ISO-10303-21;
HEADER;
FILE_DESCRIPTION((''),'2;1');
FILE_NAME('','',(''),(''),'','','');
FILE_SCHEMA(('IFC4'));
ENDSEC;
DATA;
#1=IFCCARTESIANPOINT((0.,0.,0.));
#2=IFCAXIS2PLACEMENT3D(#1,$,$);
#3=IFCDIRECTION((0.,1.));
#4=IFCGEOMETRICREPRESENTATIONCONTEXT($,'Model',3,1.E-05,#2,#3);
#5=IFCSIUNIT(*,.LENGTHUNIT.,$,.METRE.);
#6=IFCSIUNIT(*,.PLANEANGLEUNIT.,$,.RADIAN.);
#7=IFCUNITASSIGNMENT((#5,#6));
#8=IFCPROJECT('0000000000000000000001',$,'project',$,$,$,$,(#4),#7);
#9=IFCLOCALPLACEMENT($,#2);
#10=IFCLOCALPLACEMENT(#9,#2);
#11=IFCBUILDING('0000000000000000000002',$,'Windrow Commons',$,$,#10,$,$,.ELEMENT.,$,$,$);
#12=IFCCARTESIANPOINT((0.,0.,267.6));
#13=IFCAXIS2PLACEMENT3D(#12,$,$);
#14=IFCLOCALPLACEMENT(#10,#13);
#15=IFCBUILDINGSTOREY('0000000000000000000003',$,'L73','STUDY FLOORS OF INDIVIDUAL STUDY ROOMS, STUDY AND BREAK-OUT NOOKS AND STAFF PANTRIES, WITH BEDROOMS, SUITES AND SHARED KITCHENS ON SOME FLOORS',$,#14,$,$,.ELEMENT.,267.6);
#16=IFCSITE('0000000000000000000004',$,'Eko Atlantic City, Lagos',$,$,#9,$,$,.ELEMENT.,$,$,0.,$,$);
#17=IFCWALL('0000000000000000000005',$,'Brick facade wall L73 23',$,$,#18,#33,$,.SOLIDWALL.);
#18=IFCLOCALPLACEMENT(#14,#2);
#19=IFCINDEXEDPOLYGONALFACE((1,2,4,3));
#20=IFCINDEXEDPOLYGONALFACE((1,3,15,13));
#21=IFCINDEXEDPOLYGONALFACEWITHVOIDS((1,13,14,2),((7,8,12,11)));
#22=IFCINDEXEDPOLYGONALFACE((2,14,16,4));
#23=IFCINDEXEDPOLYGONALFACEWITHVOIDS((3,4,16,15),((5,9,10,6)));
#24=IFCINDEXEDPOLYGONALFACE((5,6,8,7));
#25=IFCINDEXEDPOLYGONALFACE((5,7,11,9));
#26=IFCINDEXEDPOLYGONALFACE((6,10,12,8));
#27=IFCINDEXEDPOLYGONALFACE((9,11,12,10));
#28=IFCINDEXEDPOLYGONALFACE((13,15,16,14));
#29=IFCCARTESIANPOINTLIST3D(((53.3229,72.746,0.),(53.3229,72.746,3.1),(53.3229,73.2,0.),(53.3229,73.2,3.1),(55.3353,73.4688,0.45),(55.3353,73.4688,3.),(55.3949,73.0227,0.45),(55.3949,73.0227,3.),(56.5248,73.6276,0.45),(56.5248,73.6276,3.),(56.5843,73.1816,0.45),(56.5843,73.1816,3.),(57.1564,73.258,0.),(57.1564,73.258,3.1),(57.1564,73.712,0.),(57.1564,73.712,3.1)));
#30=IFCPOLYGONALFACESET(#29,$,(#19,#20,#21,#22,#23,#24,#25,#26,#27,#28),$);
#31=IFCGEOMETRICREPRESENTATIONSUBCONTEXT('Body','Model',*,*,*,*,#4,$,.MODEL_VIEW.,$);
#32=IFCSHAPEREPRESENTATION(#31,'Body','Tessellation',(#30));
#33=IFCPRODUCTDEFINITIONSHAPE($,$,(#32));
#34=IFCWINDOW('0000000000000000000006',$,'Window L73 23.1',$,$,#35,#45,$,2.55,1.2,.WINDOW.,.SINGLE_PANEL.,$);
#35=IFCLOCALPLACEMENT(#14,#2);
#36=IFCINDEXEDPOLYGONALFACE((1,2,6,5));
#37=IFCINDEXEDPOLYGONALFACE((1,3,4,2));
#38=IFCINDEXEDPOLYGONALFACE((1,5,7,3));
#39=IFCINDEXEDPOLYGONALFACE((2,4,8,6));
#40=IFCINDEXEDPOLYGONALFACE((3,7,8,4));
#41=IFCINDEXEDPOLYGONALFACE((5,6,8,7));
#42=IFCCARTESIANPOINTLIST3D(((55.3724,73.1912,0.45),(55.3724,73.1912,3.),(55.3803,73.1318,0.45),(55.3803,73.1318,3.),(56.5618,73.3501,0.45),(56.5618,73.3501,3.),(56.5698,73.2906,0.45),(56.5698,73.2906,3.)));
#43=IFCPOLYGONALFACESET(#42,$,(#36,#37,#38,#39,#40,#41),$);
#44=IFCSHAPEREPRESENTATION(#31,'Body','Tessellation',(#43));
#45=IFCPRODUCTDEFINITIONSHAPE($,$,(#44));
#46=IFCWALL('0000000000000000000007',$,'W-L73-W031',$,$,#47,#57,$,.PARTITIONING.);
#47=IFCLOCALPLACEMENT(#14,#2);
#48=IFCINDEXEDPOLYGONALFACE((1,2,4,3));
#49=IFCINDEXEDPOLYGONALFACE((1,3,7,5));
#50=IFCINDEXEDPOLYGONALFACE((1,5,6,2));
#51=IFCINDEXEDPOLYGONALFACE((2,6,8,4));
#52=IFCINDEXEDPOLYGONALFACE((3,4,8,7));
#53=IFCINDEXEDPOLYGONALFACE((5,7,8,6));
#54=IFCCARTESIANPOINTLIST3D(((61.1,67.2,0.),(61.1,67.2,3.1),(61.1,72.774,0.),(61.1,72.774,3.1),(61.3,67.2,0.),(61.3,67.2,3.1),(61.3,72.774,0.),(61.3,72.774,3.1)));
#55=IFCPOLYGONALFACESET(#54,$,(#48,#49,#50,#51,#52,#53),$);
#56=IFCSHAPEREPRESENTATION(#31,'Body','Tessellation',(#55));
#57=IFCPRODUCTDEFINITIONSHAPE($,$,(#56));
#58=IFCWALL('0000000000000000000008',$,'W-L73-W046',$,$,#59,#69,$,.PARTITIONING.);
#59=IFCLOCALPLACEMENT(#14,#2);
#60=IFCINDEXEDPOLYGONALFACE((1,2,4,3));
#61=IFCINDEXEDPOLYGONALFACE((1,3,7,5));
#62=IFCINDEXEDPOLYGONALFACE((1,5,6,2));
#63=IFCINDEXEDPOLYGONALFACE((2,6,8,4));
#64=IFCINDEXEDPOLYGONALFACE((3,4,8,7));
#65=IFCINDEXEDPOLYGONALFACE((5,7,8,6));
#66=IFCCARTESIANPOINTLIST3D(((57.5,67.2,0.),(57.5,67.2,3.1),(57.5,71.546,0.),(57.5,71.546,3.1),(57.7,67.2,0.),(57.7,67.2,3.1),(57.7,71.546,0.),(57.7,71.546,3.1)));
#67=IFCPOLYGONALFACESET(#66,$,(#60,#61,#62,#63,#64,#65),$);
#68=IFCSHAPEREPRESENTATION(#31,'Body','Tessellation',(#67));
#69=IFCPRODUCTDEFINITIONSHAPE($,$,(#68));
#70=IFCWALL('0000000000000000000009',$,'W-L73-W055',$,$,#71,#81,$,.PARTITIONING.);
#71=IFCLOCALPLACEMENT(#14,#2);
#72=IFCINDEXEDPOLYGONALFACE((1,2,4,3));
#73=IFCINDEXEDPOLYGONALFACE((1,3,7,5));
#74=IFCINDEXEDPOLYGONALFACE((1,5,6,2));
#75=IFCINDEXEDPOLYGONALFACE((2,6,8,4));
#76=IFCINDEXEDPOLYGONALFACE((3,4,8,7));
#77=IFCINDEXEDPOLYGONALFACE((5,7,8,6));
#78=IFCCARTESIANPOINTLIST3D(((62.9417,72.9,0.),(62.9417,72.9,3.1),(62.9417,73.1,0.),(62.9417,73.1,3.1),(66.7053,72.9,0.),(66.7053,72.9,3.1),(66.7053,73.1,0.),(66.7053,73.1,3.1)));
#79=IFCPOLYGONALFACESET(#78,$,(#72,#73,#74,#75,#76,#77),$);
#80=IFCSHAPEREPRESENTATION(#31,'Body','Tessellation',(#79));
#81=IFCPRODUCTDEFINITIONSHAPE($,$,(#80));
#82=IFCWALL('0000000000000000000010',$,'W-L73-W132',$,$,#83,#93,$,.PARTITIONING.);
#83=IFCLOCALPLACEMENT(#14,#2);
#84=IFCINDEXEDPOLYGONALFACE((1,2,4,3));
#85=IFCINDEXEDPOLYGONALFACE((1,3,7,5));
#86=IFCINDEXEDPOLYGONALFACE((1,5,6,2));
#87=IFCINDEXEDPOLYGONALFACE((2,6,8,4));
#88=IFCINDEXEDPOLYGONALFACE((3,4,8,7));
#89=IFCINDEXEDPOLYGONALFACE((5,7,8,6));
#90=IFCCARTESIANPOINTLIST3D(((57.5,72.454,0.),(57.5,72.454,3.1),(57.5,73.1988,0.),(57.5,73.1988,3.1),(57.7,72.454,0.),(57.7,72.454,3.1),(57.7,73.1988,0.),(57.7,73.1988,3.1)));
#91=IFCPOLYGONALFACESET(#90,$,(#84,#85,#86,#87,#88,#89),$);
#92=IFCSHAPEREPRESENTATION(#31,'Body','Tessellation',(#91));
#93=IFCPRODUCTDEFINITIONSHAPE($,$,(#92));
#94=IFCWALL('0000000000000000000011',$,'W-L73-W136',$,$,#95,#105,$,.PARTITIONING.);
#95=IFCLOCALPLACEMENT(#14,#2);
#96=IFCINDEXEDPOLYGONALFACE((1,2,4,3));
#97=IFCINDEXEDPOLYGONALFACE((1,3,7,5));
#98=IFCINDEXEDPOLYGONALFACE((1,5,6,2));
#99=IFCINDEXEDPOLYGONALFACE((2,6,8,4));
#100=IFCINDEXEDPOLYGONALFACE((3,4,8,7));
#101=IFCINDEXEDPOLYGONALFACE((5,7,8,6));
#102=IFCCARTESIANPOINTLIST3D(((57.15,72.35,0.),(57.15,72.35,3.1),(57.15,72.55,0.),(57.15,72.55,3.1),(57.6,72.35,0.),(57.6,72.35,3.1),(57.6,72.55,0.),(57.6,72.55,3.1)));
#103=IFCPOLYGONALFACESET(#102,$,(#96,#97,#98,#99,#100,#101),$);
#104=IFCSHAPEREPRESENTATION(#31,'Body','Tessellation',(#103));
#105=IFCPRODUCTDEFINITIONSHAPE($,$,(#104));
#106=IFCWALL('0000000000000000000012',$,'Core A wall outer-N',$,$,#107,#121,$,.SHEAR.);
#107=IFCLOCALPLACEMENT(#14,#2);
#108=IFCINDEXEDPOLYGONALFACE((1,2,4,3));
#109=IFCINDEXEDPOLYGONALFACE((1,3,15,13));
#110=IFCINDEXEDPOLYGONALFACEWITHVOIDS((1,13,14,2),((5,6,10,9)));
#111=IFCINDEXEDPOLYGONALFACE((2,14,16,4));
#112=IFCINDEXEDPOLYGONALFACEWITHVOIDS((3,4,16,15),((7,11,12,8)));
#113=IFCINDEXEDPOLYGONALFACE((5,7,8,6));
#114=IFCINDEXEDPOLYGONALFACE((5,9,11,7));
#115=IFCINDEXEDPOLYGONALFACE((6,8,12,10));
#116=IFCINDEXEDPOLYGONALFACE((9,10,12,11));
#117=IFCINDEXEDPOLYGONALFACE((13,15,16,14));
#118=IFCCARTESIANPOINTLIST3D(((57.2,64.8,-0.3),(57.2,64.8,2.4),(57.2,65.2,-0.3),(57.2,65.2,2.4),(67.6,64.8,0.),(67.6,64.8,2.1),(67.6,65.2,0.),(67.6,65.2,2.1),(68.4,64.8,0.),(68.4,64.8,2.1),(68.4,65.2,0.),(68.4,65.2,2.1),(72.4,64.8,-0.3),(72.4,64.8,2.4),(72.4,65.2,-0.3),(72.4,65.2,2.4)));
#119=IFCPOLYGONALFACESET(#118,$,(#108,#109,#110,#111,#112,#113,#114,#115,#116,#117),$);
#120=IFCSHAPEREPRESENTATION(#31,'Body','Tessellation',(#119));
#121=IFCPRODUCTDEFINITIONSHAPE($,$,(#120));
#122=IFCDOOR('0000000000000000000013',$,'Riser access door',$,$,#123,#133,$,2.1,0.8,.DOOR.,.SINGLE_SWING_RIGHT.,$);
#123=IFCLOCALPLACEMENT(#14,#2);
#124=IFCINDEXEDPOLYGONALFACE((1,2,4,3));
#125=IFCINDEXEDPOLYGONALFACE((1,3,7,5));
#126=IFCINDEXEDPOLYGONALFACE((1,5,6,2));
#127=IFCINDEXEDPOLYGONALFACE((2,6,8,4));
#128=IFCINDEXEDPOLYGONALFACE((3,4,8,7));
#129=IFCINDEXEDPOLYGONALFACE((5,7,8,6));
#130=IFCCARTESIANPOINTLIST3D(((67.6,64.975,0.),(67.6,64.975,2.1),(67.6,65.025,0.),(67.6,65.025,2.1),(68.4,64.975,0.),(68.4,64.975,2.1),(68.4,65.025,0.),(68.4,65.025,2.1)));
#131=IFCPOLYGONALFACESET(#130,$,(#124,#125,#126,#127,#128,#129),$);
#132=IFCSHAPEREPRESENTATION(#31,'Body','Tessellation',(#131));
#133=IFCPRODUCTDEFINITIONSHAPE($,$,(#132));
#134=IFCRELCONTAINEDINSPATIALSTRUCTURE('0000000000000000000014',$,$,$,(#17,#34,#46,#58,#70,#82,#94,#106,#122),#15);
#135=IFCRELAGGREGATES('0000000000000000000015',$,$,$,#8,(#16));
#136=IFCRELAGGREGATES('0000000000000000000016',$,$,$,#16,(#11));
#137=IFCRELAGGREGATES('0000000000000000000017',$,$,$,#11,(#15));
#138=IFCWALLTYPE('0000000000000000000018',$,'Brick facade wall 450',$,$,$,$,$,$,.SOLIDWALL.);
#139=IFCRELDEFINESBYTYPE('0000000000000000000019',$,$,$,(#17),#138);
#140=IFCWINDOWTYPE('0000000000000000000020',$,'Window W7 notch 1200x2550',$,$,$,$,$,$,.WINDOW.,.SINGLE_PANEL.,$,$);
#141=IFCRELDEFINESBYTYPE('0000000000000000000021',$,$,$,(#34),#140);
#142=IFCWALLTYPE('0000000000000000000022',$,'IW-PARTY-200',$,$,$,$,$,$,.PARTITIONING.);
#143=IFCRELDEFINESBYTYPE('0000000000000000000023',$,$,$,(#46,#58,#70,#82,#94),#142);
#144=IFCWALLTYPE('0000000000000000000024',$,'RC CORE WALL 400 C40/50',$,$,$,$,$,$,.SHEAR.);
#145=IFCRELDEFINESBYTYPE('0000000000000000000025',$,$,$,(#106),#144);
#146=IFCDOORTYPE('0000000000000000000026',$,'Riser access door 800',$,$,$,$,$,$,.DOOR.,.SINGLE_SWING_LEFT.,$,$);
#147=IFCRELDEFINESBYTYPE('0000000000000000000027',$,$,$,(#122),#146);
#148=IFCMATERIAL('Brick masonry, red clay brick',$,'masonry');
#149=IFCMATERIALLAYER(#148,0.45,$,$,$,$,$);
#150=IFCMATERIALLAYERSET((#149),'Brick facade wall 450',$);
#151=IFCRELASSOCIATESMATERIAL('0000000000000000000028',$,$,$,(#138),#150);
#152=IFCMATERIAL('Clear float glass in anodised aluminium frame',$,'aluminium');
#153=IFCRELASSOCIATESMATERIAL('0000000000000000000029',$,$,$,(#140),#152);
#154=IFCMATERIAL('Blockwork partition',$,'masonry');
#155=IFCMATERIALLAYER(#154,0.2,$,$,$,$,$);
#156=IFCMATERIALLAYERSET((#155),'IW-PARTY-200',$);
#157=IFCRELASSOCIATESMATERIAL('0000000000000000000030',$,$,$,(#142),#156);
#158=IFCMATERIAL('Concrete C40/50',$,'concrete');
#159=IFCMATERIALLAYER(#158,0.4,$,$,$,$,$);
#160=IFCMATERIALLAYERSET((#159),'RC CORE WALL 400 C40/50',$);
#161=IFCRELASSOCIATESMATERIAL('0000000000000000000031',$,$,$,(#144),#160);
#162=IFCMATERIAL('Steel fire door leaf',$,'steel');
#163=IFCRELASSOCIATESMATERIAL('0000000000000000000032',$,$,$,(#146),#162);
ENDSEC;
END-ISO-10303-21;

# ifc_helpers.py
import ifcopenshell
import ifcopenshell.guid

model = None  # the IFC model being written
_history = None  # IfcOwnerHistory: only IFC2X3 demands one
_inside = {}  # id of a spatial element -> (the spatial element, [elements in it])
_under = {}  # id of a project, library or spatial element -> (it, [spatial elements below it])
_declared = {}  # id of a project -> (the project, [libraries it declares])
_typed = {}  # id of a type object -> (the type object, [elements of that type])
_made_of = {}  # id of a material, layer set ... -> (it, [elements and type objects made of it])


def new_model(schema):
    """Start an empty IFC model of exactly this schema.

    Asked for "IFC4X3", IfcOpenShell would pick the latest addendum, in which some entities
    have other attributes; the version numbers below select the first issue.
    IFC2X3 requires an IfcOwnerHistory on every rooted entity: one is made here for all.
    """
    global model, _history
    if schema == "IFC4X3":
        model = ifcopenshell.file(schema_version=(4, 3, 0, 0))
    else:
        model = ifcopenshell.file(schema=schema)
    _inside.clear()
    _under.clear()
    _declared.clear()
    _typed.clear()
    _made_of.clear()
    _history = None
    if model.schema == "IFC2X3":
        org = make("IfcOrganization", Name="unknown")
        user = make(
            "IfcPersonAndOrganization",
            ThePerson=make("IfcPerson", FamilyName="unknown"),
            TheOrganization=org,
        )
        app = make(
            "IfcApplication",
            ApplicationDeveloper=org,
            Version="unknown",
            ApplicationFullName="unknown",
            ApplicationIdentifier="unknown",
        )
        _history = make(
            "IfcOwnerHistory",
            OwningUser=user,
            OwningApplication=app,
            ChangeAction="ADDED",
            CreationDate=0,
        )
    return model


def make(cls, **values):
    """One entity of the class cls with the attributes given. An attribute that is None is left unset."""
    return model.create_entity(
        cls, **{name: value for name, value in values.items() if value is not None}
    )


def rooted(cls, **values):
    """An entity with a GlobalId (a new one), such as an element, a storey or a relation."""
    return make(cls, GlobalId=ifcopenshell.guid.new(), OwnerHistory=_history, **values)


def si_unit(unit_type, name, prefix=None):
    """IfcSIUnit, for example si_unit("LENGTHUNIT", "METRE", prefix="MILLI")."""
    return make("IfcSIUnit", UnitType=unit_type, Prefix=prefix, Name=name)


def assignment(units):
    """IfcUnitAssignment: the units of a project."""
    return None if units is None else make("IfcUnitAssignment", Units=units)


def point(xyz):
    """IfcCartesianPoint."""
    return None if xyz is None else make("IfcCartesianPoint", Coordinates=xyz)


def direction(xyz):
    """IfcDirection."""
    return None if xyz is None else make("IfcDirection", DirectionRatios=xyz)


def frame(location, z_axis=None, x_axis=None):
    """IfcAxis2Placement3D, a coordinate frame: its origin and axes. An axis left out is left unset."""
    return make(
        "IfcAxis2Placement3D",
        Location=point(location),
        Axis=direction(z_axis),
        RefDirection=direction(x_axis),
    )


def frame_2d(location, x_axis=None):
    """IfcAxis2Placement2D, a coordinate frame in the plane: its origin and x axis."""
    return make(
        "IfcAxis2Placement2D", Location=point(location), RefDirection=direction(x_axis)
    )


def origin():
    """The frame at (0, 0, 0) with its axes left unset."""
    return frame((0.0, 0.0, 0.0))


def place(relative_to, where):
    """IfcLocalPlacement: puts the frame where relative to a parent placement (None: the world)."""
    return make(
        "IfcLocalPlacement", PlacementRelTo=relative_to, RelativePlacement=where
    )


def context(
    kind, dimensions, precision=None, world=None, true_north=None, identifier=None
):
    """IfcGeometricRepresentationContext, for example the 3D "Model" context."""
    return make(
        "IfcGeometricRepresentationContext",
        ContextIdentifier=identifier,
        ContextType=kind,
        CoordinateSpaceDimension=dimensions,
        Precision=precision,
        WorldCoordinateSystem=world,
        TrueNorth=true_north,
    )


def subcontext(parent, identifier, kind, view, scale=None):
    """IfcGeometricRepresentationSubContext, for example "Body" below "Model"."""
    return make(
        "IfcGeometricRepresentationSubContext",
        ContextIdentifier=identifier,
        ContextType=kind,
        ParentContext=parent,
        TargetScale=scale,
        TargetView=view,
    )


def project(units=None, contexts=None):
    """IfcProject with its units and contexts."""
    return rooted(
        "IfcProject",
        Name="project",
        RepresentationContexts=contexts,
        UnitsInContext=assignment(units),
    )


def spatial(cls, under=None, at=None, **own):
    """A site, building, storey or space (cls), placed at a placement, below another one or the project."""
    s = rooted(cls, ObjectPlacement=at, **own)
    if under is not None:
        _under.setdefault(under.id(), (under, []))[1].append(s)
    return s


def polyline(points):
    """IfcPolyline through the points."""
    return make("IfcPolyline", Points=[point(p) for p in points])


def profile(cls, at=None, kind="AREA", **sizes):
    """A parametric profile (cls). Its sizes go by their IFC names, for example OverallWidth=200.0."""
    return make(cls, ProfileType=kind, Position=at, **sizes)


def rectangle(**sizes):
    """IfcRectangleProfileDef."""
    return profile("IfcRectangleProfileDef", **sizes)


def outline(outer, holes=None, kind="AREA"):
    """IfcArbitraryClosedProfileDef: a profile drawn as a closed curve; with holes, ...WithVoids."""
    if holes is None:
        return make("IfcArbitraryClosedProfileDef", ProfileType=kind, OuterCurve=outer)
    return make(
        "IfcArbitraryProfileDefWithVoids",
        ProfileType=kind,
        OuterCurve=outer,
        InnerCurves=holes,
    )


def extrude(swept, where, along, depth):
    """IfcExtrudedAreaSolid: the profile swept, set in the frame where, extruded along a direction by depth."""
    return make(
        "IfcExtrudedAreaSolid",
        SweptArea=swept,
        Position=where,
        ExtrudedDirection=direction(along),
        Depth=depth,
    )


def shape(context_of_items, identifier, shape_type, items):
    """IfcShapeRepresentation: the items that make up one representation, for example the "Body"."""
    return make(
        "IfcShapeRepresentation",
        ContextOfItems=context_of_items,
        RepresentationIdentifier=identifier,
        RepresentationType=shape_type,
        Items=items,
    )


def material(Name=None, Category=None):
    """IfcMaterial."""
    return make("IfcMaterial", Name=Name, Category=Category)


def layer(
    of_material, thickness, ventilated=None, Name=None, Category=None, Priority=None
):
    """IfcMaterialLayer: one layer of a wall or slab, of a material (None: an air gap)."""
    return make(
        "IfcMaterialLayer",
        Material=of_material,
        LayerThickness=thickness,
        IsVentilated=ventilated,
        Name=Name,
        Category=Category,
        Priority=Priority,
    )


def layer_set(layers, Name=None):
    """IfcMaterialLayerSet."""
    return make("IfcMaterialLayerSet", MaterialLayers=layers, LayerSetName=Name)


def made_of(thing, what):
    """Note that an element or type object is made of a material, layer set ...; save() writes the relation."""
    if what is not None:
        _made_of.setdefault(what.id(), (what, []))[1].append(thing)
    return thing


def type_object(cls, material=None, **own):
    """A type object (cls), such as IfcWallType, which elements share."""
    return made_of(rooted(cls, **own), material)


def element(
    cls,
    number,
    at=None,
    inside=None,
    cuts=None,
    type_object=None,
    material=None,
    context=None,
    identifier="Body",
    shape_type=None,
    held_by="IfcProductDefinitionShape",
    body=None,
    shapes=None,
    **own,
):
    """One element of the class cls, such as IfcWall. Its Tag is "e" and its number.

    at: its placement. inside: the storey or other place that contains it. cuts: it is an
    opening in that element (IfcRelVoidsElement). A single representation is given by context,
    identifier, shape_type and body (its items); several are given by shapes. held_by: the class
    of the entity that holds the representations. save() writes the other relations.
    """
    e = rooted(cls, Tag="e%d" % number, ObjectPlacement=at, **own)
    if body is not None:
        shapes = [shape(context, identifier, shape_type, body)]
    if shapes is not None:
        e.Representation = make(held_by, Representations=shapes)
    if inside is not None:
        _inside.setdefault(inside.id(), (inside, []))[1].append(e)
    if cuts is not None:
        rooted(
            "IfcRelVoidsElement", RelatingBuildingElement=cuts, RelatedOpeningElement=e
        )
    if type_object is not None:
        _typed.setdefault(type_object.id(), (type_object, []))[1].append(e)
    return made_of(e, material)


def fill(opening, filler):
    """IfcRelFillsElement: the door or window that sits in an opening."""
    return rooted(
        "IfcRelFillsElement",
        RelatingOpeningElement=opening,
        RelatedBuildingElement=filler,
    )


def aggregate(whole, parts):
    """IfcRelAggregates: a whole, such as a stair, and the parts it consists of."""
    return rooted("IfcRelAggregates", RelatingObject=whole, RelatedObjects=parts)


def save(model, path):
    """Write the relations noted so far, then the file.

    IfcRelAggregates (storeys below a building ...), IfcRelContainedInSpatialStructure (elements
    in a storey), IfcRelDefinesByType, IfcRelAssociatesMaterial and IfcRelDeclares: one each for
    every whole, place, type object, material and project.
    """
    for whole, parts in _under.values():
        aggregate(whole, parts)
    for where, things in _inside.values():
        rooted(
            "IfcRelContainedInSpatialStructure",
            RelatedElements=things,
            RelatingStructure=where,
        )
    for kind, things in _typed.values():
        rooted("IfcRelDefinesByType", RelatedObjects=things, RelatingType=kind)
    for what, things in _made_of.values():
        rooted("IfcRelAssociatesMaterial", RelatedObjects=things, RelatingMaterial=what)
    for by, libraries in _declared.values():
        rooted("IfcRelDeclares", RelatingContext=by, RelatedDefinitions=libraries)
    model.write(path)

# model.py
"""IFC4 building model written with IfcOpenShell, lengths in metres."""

from ifc_helpers import new_model, si_unit, direction, frame, frame_2d, origin, place, context, subcontext, project, spatial, polyline, rectangle, outline, extrude, material, layer, layer_set, type_object, element, fill, save


model = new_model("IFC4")

# Units and contexts
model_context = context("Model", 3, precision=1e-05, world=origin(), true_north=direction((0.0, 1.0)))
body_context = subcontext(model_context, "Body", "Model", "MODEL_VIEW")
ifc_project = project(units=[si_unit("LENGTHUNIT", "METRE"), si_unit("PLANEANGLEUNIT", "RADIAN")], contexts=[model_context])

# Site, building, storey
site_placement = place(None, origin())
site = spatial("IfcSite", under=ifc_project, at=site_placement, Name="Eko Atlantic City, Lagos", CompositionType="ELEMENT", RefElevation=0.0)
building_placement = place(site_placement, origin())
building = spatial("IfcBuilding", under=site, at=building_placement, Name="Windrow Commons", CompositionType="ELEMENT")
storey_placement = place(building_placement, frame((0.0, 0.0, 267.6)))
storey = spatial("IfcBuildingStorey", under=building, at=storey_placement, Name="L73", Description="STUDY FLOORS OF INDIVIDUAL STUDY ROOMS, STUDY AND BREAK-OUT NOOKS AND STAFF PANTRIES, WITH BEDROOMS, SUITES AND SHARED KITCHENS ON SOME FLOORS", CompositionType="ELEMENT", Elevation=267.6)

# Shared definitions
ifc_material_1 = material(Name="Brick masonry, red clay brick", Category="masonry")
ifc_layer_1 = layer(ifc_material_1, 0.45)
ifc_layer_set_1 = layer_set([ifc_layer_1], Name="Brick facade wall 450")
wall_type_1 = type_object("IfcWallType", Name="Brick facade wall 450", PredefinedType="SOLIDWALL", material=ifc_layer_set_1)
ifc_material_2 = material(Name="Clear float glass in anodised aluminium frame", Category="aluminium")
window_type_1 = type_object("IfcWindowType", Name="Window W7 notch 1200x2550", PartitioningType="SINGLE_PANEL", PredefinedType="WINDOW", material=ifc_material_2)

# Wall, opening, window
wall_1_placement = place(storey_placement, frame((57.1564, 73.485, 0.0), z_axis=(0.0, 0.0, 1.0), x_axis=(-0.991199, -0.132384, 0.0)))
wall_1 = element("IfcWall", 1, at=wall_1_placement, inside=storey, type_object=wall_type_1, Name="Brick facade wall L73 23", PredefinedType="SOLIDWALL", context=body_context, shape_type="SweptSolid", body=[
    extrude(outline(polyline([(-0.0301, -0.225), (3.8375, -0.225), (3.8976, 0.225), (0.0301, 0.225), (-0.0301, -0.225)])), origin(), (0.0, 0.0, 1.0), 3.1),
])
opening_1_placement = place(wall_1_placement, frame((0.6072, 0.0, 0.45)))
opening_1 = element("IfcOpeningElement", 2, at=opening_1_placement, cuts=wall_1, PredefinedType="OPENING", context=body_context, shape_type="SweptSolid", body=[
    extrude(rectangle(XDim=1.2, YDim=2.55, at=frame_2d((0.6, 1.275))), frame((0.0, 0.235, 0.0), z_axis=(0.0, -1.0, 0.0), x_axis=(1.0, 0.0, 0.0)), (0.0, 0.0, 1.0), 0.47),
])
window_1_placement = place(opening_1_placement, origin())
window_1 = element("IfcWindow", 3, at=window_1_placement, inside=storey, type_object=window_type_1, Name="Window L73 23.1", OverallHeight=2.55, OverallWidth=1.2, PartitioningType="SINGLE_PANEL", PredefinedType="WINDOW", context=body_context, shape_type="SweptSolid", body=[
    extrude(rectangle(XDim=1.2, YDim=2.55, at=frame_2d((0.6, 1.275))), frame((0.0, 0.115, 0.0), z_axis=(0.0, -1.0, 0.0), x_axis=(1.0, 0.0, 0.0)), (0.0, 0.0, 1.0), 0.06),
])
fill(opening_1, window_1)

# Walls
ifc_material_3 = material(Name="Blockwork partition", Category="masonry")
ifc_layer_2 = layer(ifc_material_3, 0.2)
ifc_layer_set_2 = layer_set([ifc_layer_2], Name="IW-PARTY-200")
wall_type_2 = type_object("IfcWallType", Name="IW-PARTY-200", PredefinedType="PARTITIONING", material=ifc_layer_set_2)
wall_2_placement = place(storey_placement, frame((61.2, 67.2, 0.0), z_axis=(0.0, 0.0, 1.0), x_axis=(0.0, 1.0, 0.0)))
element("IfcWall", 4, at=wall_2_placement, inside=storey, type_object=wall_type_2, Name="W-L73-W031", PredefinedType="PARTITIONING", context=body_context, shape_type="SweptSolid", body=[
    extrude(rectangle(XDim=5.5741, YDim=0.2, at=frame_2d((2.787, 0.0))), origin(), (0.0, 0.0, 1.0), 3.1),
])
wall_3_placement = place(storey_placement, frame((57.6, 67.2, 0.0), z_axis=(0.0, 0.0, 1.0), x_axis=(0.0, 1.0, 0.0)))
element("IfcWall", 5, at=wall_3_placement, inside=storey, type_object=wall_type_2, Name="W-L73-W046", PredefinedType="PARTITIONING", context=body_context, shape_type="SweptSolid", body=[
    extrude(rectangle(XDim=4.346, YDim=0.2, at=frame_2d((2.173, 0.0))), origin(), (0.0, 0.0, 1.0), 3.1),
])
wall_4_placement = place(storey_placement, frame((62.9417, 73.0, 0.0), z_axis=(0.0, 0.0, 1.0), x_axis=(1.0, 0.0, 0.0)))
element("IfcWall", 6, at=wall_4_placement, inside=storey, type_object=wall_type_2, Name="W-L73-W055", PredefinedType="PARTITIONING", context=body_context, shape_type="SweptSolid", body=[
    extrude(rectangle(XDim=3.7636, YDim=0.2, at=frame_2d((1.8818, 0.0))), origin(), (0.0, 0.0, 1.0), 3.1),
])
wall_5_placement = place(storey_placement, frame((57.6, 72.454, 0.0), z_axis=(0.0, 0.0, 1.0), x_axis=(0.0, 1.0, 0.0)))
element("IfcWall", 7, at=wall_5_placement, inside=storey, type_object=wall_type_2, Name="W-L73-W132", PredefinedType="PARTITIONING", context=body_context, shape_type="SweptSolid", body=[
    extrude(rectangle(XDim=0.7448, YDim=0.2, at=frame_2d((0.3724, 0.0))), origin(), (0.0, 0.0, 1.0), 3.1),
])
wall_6_placement = place(storey_placement, frame((57.15, 72.45, 0.0), z_axis=(0.0, 0.0, 1.0), x_axis=(1.0, 0.0, 0.0)))
element("IfcWall", 8, at=wall_6_placement, inside=storey, type_object=wall_type_2, Name="W-L73-W136", PredefinedType="PARTITIONING", context=body_context, shape_type="SweptSolid", body=[
    extrude(rectangle(XDim=0.45, YDim=0.2, at=frame_2d((0.225, 0.0))), origin(), (0.0, 0.0, 1.0), 3.1),
])

# Wall, opening, door
ifc_material_4 = material(Name="Concrete C40/50", Category="concrete")
ifc_layer_3 = layer(ifc_material_4, 0.4)
ifc_layer_set_3 = layer_set([ifc_layer_3], Name="RC CORE WALL 400 C40/50")
wall_type_3 = type_object("IfcWallType", Name="RC CORE WALL 400 C40/50", PredefinedType="SHEAR", material=ifc_layer_set_3)
wall_7_placement = place(storey_placement, frame((57.2, 65.0, -0.3), z_axis=(0.0, 0.0, 1.0), x_axis=(1.0, 0.0, 0.0)))
wall_7 = element("IfcWall", 9, at=wall_7_placement, inside=storey, type_object=wall_type_3, Name="Core A wall outer-N", PredefinedType="SHEAR", context=body_context, shape_type="SweptSolid", body=[
    extrude(rectangle(XDim=15.2, YDim=0.4, at=frame_2d((7.6, 0.0))), origin(), (0.0, 0.0, 1.0), 2.7),
])
opening_2_placement = place(wall_7_placement, frame((10.4, 0.0, 0.3)))
opening_2 = element("IfcOpeningElement", 10, at=opening_2_placement, cuts=wall_7, PredefinedType="OPENING", context=body_context, shape_type="SweptSolid", body=[
    extrude(rectangle(XDim=0.8, YDim=2.1, at=frame_2d((0.4, 1.05))), frame((0.0, 0.21, 0.0), z_axis=(0.0, -1.0, 0.0), x_axis=(1.0, 0.0, 0.0)), (0.0, 0.0, 1.0), 0.42),
])
ifc_material_5 = material(Name="Steel fire door leaf", Category="steel")
door_type = type_object("IfcDoorType", Name="Riser access door 800", OperationType="SINGLE_SWING_LEFT", PredefinedType="DOOR", material=ifc_material_5)
door_placement = place(opening_2_placement, origin())
door = element("IfcDoor", 11, at=door_placement, inside=storey, type_object=door_type, Name="Riser access door", OperationType="SINGLE_SWING_RIGHT", OverallHeight=2.1, OverallWidth=0.8, PredefinedType="DOOR", context=body_context, shape_type="SweptSolid", body=[
    extrude(rectangle(XDim=0.8, YDim=2.1, at=frame_2d((0.4, 1.05))), frame((0.0, 0.025, 0.0), z_axis=(0.0, -1.0, 0.0), x_axis=(1.0, 0.0, 0.0)), (0.0, 0.0, 1.0), 0.05),
])
fill(opening_2, door)

save(model, "model.ifc")
